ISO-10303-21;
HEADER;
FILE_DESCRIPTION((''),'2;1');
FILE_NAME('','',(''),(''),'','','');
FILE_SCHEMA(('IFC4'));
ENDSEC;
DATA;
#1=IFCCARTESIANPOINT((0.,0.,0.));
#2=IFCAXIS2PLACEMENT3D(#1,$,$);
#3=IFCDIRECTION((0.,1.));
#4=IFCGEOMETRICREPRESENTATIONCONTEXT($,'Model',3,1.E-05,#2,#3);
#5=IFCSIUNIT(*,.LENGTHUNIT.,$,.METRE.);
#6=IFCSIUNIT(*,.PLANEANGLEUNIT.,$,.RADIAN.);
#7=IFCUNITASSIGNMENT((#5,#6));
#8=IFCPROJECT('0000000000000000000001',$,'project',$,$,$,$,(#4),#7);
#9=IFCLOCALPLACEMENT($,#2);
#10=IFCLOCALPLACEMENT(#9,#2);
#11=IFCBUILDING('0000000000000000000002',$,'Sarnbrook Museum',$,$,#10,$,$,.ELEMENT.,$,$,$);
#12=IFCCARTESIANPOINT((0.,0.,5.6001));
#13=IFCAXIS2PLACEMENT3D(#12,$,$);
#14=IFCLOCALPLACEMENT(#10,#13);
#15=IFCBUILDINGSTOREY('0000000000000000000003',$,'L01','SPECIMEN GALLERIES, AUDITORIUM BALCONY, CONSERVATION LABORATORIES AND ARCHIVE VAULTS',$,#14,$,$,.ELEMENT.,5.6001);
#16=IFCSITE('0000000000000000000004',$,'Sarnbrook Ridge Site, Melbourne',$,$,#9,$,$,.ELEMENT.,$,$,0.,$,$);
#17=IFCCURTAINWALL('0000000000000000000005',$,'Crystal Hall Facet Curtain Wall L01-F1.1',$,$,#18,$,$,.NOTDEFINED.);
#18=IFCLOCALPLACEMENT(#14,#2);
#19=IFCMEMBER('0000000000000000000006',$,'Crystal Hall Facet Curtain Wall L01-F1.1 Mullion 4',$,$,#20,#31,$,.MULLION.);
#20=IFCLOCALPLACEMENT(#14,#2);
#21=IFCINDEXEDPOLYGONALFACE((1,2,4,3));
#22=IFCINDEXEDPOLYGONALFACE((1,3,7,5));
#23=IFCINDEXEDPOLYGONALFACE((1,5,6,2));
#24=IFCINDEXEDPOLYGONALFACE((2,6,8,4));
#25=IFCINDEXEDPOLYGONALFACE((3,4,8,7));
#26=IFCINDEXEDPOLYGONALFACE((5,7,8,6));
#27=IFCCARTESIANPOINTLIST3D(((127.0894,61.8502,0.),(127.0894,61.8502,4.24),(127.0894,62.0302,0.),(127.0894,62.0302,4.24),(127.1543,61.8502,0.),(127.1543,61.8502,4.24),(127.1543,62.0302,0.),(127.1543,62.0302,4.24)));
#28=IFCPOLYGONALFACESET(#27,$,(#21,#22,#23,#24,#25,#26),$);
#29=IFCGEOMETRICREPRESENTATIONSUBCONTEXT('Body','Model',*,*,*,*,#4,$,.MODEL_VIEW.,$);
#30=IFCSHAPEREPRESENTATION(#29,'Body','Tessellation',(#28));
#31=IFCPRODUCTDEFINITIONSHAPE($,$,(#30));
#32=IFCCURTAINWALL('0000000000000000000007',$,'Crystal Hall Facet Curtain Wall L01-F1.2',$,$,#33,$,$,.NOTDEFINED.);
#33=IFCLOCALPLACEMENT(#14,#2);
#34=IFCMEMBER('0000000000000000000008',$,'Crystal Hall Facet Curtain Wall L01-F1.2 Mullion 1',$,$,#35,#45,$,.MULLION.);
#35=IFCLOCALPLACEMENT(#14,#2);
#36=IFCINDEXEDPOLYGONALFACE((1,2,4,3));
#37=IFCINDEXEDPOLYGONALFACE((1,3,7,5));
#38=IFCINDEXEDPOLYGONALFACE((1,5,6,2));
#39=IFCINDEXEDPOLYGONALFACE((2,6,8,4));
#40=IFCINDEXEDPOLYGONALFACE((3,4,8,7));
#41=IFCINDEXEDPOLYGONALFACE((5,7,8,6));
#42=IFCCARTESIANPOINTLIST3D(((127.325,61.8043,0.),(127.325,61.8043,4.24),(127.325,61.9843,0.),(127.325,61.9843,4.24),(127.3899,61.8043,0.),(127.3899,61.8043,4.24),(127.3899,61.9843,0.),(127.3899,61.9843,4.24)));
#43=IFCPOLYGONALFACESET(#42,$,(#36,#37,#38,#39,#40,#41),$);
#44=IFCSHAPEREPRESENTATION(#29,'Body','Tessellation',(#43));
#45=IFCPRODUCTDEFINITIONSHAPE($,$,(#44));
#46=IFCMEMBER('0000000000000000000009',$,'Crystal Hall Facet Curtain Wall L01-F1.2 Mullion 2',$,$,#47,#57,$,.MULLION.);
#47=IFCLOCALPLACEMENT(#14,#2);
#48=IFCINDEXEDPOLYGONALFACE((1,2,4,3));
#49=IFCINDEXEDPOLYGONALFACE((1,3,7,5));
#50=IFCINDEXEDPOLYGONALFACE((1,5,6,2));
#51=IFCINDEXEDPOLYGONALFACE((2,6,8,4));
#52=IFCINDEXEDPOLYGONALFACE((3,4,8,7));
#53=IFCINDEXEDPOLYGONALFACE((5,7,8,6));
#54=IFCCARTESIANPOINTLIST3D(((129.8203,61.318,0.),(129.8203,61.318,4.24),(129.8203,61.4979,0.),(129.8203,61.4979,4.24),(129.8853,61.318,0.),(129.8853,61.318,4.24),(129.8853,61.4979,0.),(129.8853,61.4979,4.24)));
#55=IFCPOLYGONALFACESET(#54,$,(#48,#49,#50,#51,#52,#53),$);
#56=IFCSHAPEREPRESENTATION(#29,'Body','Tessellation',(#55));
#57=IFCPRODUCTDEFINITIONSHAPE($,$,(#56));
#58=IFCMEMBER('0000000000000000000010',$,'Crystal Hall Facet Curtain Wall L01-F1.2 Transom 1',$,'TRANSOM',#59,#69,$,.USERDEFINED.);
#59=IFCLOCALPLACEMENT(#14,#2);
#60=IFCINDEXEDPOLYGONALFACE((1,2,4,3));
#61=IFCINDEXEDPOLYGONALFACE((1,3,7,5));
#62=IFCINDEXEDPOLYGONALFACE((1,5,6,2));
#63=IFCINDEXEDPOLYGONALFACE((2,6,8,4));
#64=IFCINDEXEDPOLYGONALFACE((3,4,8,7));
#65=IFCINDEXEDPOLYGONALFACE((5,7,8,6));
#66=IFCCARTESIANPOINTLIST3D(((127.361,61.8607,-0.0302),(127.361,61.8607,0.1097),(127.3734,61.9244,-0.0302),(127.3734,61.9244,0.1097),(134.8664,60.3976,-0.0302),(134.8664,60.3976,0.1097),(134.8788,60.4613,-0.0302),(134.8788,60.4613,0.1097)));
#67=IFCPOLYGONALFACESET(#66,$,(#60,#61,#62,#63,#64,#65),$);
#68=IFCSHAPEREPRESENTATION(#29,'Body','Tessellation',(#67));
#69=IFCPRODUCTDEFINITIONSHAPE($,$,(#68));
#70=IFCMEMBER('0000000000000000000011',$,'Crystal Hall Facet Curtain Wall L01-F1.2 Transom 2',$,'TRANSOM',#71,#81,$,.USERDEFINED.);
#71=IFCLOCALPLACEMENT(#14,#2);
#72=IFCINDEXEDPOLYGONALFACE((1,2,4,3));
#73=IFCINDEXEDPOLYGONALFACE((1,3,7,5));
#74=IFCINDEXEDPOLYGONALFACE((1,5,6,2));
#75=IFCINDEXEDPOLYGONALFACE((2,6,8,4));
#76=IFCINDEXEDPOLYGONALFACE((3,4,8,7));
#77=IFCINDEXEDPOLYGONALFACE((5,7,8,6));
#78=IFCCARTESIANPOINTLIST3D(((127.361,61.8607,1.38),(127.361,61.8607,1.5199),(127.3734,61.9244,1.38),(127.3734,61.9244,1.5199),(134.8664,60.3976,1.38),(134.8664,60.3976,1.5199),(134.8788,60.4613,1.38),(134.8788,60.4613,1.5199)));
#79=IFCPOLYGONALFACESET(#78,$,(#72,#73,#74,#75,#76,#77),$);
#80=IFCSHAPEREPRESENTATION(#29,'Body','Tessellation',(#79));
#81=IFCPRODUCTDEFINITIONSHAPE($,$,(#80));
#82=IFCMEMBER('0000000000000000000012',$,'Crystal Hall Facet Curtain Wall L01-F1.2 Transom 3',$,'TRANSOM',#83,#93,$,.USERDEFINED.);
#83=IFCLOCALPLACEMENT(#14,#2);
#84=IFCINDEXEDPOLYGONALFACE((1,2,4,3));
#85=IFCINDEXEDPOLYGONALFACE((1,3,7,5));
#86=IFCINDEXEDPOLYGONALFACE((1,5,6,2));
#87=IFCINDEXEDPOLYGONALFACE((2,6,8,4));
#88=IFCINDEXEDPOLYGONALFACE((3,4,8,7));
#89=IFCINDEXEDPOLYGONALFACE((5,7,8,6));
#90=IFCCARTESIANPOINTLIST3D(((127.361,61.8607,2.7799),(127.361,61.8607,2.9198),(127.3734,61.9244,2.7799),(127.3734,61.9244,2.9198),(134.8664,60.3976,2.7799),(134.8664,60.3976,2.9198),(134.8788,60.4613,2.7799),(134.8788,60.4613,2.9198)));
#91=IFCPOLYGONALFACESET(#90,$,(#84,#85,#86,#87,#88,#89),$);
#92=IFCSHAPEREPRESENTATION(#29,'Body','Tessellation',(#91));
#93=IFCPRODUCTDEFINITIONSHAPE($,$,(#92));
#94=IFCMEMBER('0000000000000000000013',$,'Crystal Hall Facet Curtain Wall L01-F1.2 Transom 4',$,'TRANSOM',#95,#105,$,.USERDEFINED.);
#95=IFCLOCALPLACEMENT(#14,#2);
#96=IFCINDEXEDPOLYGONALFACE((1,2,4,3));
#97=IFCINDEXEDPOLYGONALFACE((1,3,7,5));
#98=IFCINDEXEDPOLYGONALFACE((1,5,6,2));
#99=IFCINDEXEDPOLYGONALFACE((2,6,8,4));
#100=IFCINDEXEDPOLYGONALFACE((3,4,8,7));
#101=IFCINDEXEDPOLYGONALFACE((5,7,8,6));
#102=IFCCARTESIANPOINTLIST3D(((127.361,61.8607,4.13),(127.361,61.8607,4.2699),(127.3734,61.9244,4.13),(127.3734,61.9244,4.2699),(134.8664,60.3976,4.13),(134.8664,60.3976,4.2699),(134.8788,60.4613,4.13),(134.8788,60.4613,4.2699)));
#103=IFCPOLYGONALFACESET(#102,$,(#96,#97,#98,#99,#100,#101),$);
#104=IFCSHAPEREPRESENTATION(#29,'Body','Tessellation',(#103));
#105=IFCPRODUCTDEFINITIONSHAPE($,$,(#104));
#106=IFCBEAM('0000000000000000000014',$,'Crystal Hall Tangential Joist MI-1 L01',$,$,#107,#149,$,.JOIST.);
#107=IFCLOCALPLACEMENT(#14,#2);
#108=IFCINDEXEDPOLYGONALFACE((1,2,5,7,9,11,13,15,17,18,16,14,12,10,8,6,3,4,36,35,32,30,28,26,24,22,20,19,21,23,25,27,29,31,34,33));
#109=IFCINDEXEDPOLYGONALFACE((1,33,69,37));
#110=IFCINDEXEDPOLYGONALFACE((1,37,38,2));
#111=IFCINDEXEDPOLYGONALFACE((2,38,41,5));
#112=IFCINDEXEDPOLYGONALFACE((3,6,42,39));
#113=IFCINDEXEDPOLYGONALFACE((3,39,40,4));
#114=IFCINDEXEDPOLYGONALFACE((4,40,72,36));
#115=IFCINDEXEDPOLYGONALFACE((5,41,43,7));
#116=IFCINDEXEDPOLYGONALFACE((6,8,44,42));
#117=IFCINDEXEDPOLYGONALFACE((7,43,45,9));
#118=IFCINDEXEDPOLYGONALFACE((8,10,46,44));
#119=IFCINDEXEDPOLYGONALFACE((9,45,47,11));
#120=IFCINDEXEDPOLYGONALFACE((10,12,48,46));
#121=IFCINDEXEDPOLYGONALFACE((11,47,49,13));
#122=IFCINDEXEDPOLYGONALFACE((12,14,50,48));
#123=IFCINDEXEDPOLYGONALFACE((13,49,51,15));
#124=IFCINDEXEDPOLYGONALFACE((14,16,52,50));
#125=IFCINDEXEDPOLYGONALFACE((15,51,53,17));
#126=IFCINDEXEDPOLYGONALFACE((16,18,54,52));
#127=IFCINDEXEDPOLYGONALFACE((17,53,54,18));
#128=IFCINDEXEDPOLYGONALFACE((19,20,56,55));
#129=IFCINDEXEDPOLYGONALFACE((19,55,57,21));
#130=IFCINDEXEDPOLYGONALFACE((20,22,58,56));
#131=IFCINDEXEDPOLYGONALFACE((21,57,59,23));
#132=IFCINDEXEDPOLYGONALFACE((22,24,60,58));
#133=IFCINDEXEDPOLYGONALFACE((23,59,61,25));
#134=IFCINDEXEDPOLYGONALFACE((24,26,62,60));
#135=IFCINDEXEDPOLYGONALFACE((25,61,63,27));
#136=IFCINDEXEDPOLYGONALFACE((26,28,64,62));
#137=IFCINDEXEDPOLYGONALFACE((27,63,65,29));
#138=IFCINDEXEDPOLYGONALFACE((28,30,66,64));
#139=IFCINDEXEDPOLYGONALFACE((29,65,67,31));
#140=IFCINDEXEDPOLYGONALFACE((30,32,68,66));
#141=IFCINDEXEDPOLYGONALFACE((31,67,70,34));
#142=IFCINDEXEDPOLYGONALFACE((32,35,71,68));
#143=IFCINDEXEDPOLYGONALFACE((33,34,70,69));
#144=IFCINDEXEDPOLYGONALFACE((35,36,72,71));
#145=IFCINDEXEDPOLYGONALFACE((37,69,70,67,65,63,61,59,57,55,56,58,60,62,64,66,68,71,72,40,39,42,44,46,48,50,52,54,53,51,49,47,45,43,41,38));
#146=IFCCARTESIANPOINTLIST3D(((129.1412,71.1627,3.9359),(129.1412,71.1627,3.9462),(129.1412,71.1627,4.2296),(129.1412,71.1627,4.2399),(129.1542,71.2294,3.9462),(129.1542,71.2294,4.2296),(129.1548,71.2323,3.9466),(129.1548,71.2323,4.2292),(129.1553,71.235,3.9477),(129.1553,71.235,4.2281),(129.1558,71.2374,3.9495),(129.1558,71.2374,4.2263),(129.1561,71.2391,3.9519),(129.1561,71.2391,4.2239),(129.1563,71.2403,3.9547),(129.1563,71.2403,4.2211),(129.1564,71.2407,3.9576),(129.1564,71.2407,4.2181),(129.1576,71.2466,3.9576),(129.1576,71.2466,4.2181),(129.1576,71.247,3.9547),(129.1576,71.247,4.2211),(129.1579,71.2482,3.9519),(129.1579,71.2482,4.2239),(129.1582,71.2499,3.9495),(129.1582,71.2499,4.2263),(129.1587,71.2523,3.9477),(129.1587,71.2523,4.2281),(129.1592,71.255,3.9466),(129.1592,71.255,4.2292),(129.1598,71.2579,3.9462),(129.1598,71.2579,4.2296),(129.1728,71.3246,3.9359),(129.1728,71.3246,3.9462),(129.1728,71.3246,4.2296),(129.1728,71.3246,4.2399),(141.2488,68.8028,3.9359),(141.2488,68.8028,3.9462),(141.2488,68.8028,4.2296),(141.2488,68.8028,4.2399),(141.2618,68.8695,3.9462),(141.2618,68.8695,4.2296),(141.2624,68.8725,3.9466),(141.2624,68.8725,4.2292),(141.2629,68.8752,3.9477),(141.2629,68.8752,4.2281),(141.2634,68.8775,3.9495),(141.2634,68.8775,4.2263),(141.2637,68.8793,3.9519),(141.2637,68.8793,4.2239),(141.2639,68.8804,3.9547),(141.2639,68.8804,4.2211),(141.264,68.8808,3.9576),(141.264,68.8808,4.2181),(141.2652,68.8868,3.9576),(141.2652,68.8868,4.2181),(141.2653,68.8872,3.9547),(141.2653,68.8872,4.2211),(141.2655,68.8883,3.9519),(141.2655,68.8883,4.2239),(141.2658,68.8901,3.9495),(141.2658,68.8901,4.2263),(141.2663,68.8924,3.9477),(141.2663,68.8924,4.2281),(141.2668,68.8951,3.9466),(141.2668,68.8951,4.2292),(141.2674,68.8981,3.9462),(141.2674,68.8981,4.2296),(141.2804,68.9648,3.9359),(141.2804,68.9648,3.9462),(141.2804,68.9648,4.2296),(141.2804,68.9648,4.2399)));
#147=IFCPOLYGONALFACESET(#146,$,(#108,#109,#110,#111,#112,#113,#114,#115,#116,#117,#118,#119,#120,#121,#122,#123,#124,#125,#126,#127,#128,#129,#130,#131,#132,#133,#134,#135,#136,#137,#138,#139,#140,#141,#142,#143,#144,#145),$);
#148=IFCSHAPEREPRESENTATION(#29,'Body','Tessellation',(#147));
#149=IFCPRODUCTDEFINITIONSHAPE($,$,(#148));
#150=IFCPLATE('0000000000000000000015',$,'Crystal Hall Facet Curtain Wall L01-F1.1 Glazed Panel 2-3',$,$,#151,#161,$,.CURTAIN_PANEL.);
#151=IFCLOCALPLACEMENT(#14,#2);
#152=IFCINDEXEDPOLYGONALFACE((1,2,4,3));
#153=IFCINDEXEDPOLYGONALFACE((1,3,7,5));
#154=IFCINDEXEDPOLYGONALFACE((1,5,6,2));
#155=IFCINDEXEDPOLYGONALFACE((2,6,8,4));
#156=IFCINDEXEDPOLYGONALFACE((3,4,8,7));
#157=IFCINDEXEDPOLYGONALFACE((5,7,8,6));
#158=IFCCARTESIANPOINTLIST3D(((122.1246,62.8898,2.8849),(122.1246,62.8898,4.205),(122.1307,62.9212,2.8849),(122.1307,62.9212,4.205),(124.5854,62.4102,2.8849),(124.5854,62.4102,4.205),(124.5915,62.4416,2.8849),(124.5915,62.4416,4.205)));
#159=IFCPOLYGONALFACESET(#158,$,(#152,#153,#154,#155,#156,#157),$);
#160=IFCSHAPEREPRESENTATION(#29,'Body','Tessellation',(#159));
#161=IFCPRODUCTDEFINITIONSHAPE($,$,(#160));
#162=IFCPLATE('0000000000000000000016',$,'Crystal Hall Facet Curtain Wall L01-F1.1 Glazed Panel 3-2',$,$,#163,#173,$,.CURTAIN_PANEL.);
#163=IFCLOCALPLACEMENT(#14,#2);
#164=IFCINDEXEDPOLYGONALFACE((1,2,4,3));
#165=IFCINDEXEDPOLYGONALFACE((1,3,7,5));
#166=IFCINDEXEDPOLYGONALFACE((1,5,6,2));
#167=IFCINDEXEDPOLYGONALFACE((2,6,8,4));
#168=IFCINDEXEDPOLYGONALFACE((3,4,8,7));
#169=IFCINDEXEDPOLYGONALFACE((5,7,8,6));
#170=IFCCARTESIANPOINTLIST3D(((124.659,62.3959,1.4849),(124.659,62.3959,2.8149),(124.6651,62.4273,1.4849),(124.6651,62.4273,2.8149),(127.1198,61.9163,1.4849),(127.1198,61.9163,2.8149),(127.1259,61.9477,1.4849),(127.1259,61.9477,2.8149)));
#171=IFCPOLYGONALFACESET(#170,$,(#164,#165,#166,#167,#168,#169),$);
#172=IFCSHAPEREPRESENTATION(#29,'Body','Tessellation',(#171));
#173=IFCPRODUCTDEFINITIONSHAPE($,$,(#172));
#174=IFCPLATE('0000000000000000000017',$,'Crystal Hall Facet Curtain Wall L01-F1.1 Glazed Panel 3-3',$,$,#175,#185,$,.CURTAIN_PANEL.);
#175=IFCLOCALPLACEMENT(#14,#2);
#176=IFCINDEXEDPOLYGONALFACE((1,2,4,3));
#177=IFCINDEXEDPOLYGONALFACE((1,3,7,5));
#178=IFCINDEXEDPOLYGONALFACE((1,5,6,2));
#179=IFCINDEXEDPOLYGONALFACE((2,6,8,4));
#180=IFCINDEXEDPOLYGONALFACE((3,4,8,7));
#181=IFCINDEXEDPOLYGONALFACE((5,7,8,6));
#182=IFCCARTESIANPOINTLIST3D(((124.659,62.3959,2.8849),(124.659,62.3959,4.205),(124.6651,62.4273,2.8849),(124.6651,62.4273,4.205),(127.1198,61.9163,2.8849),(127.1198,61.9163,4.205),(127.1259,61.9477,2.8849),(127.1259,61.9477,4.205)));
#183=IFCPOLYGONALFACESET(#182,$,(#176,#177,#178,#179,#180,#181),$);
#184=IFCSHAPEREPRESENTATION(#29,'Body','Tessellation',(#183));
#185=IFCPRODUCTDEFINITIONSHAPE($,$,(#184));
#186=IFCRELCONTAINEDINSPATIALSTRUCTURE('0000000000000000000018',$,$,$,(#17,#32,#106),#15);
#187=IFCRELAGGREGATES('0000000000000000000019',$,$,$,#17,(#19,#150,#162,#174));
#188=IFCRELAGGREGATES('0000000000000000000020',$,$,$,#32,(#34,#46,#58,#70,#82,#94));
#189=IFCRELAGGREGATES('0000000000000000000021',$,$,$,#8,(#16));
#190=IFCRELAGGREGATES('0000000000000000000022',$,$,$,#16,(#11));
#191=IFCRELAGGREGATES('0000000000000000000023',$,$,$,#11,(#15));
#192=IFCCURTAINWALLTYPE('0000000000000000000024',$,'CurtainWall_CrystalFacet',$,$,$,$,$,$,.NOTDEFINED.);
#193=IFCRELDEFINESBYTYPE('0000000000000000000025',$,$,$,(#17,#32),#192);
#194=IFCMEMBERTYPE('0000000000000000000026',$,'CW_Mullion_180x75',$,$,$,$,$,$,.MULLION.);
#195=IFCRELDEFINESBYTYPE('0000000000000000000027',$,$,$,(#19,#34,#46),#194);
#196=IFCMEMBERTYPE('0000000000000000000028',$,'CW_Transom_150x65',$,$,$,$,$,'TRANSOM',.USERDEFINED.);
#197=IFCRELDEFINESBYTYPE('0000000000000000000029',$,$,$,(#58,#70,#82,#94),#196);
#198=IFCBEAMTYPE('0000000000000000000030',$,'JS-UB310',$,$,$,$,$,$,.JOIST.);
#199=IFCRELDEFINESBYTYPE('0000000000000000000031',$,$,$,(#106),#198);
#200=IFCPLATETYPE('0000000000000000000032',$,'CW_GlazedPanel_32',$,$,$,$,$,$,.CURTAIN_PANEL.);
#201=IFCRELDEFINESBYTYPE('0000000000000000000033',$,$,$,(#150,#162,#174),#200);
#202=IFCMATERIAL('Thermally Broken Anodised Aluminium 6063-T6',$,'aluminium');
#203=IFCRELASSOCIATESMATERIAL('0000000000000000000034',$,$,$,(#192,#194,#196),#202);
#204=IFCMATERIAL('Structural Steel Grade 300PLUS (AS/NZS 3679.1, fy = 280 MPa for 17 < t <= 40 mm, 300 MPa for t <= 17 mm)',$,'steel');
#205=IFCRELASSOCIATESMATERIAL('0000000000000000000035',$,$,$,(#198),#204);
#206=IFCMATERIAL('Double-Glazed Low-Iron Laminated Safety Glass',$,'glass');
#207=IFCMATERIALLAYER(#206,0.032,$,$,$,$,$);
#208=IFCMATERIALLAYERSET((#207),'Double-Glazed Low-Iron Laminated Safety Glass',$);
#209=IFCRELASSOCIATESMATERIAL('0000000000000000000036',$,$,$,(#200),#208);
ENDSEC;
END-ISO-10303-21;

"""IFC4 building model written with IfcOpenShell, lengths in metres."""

from ifc_helpers import new_model, si_unit, direction, frame, origin, origin_2d, place, context, subcontext, project, spatial, rectangle, i_section, extrude, material, layer, layer_set, material_profile, profile_set, type_object, element, aggregate, save


model = new_model("IFC4")

# Units and contexts
model_context = context("Model", 3, precision=1e-05, world=origin(), true_north=direction((0.0, 1.0)))
body_context = subcontext(model_context, "Body", "Model", "MODEL_VIEW")
ifc_project = project(units=[si_unit("LENGTHUNIT", "METRE"), si_unit("PLANEANGLEUNIT", "RADIAN")], contexts=[model_context])

# Site, building, storey
site_placement = place(None, origin())
site = spatial("IfcSite", under=ifc_project, at=site_placement, Name="Sarnbrook Ridge Site, Melbourne", CompositionType="ELEMENT", RefElevation=0.0)
building_placement = place(site_placement, origin())
building = spatial("IfcBuilding", under=site, at=building_placement, Name="Sarnbrook Museum", CompositionType="ELEMENT")
storey_placement = place(building_placement, frame((0.0, 0.0, 5.6001)))
storey = spatial("IfcBuildingStorey", under=building, at=storey_placement, Name="L01", Description="SPECIMEN GALLERIES, AUDITORIUM BALCONY, CONSERVATION LABORATORIES AND ARCHIVE VAULTS", CompositionType="ELEMENT", Elevation=5.6001)

# Shared definitions
ifc_material_1 = material(Name="Structural Steel Grade 300PLUS (AS/NZS 3679.1, fy = 280 MPa for 17 < t <= 40 mm, 300 MPa for t <= 17 mm)", Category="steel")

# Curtain walls, members
ifc_material_2 = material(Name="Thermally Broken Anodised Aluminium 6063-T6", Category="aluminium")
curtain_wall_type = type_object("IfcCurtainWallType", Name="CurtainWall_CrystalFacet", PredefinedType="NOTDEFINED", material=ifc_material_2)
curtain_wall_1_placement = place(storey_placement, origin())
curtain_wall_1 = element("IfcCurtainWall", 1, at=curtain_wall_1_placement, inside=storey, type_object=curtain_wall_type, Name="Crystal Hall Facet Curtain Wall L01-F1.1", PredefinedType="NOTDEFINED")
ifc_material_profile_1 = material_profile(ifc_material_2, rectangle(XDim=0.0649, YDim=0.1799, at=origin_2d()), Name="ALU MULLION 65x180")
ifc_profile_set_1 = profile_set([ifc_material_profile_1], Name="Thermally Broken Anodised Aluminium 6063-T6")
member_type_1 = type_object("IfcMemberType", Name="CW_Mullion_180x75", PredefinedType="MULLION", material=ifc_profile_set_1)
member_1_placement = place(storey_placement, frame((127.1218, 61.9402, 0.0), z_axis=(0.0, 0.0, 1.0), x_axis=(1.0, 0.0, 0.0)))
member_1 = element("IfcMember", 2, at=member_1_placement, type_object=member_type_1, Name="Crystal Hall Facet Curtain Wall L01-F1.1 Mullion 4", PredefinedType="MULLION", context=body_context, shape_type="SweptSolid", body=[
    extrude(rectangle(XDim=0.0649, YDim=0.1799, at=origin_2d()), origin(), (0.0, 0.0, 1.0), 4.24),
])
curtain_wall_2_placement = place(storey_placement, origin())
curtain_wall_2 = element("IfcCurtainWall", 3, at=curtain_wall_2_placement, inside=storey, type_object=curtain_wall_type, Name="Crystal Hall Facet Curtain Wall L01-F1.2", PredefinedType="NOTDEFINED")
member_2_placement = place(storey_placement, frame((127.3574, 61.8943, 0.0), z_axis=(0.0, 0.0, 1.0), x_axis=(1.0, 0.0, 0.0)))
member_2 = element("IfcMember", 4, at=member_2_placement, type_object=member_type_1, Name="Crystal Hall Facet Curtain Wall L01-F1.2 Mullion 1", PredefinedType="MULLION", context=body_context, shape_type="SweptSolid", body=[
    extrude(rectangle(XDim=0.0649, YDim=0.1799, at=origin_2d()), origin(), (0.0, 0.0, 1.0), 4.24),
])
member_3_placement = place(storey_placement, frame((129.8528, 61.408, 0.0), z_axis=(0.0, 0.0, 1.0), x_axis=(1.0, 0.0, 0.0)))
member_3 = element("IfcMember", 5, at=member_3_placement, type_object=member_type_1, Name="Crystal Hall Facet Curtain Wall L01-F1.2 Mullion 2", PredefinedType="MULLION", context=body_context, shape_type="SweptSolid", body=[
    extrude(rectangle(XDim=0.0649, YDim=0.1799, at=origin_2d()), origin(), (0.0, 0.0, 1.0), 4.24),
])
ifc_material_profile_2 = material_profile(ifc_material_2, rectangle(XDim=0.0649, YDim=0.1399, at=origin_2d()), Name="ALU TRANSOM 65x140")
ifc_profile_set_2 = profile_set([ifc_material_profile_2], Name="Thermally Broken Anodised Aluminium 6063-T6")
member_type_2 = type_object("IfcMemberType", Name="CW_Transom_150x65", ElementType="TRANSOM", PredefinedType="USERDEFINED", material=ifc_profile_set_2)
member_4_placement = place(storey_placement, frame((127.3672, 61.8926, 0.0398), z_axis=(0.981523, -0.191343, 0.0), x_axis=(0.191343, 0.981523, 0.0)))
member_4 = element("IfcMember", 6, at=member_4_placement, type_object=member_type_2, Name="Crystal Hall Facet Curtain Wall L01-F1.2 Transom 1", ObjectType="TRANSOM", PredefinedType="USERDEFINED", context=body_context, shape_type="SweptSolid", body=[
    extrude(rectangle(XDim=0.0649, YDim=0.1399, at=origin_2d()), origin(), (0.0, 0.0, 1.0), 7.6467),
])
member_5_placement = place(storey_placement, frame((127.3672, 61.8926, 1.45), z_axis=(0.981523, -0.191343, 0.0), x_axis=(0.191343, 0.981523, 0.0)))
member_5 = element("IfcMember", 7, at=member_5_placement, type_object=member_type_2, Name="Crystal Hall Facet Curtain Wall L01-F1.2 Transom 2", ObjectType="TRANSOM", PredefinedType="USERDEFINED", context=body_context, shape_type="SweptSolid", body=[
    extrude(rectangle(XDim=0.0649, YDim=0.1399, at=origin_2d()), origin(), (0.0, 0.0, 1.0), 7.6467),
])
member_6_placement = place(storey_placement, frame((127.3672, 61.8926, 2.8499), z_axis=(0.981523, -0.191343, 0.0), x_axis=(0.191343, 0.981523, 0.0)))
member_6 = element("IfcMember", 8, at=member_6_placement, type_object=member_type_2, Name="Crystal Hall Facet Curtain Wall L01-F1.2 Transom 3", ObjectType="TRANSOM", PredefinedType="USERDEFINED", context=body_context, shape_type="SweptSolid", body=[
    extrude(rectangle(XDim=0.0649, YDim=0.1399, at=origin_2d()), origin(), (0.0, 0.0, 1.0), 7.6467),
])
member_7_placement = place(storey_placement, frame((127.3672, 61.8926, 4.2), z_axis=(0.981523, -0.191343, 0.0), x_axis=(0.191343, 0.981523, 0.0)))
member_7 = element("IfcMember", 9, at=member_7_placement, type_object=member_type_2, Name="Crystal Hall Facet Curtain Wall L01-F1.2 Transom 4", ObjectType="TRANSOM", PredefinedType="USERDEFINED", context=body_context, shape_type="SweptSolid", body=[
    extrude(rectangle(XDim=0.0649, YDim=0.1399, at=origin_2d()), origin(), (0.0, 0.0, 1.0), 7.6467),
])

# Beam
ifc_material_profile_3 = material_profile(ifc_material_1, i_section(OverallWidth=0.165, OverallDepth=0.304, WebThickness=0.0061, FlangeThickness=0.0103, FilletRadius=0.0115, at=origin_2d()), Name="310UB40.4")
ifc_profile_set_3 = profile_set([ifc_material_profile_3], Name="Structural Steel Grade 300PLUS (AS/NZS 3679.1, fy = 280 MPa for 17 < t <= 40 mm, 300 MPa for t <= 17 mm)")
beam_type_1 = type_object("IfcBeamType", Name="JS-UB310", PredefinedType="JOIST", material=ifc_profile_set_3)
beam_1_placement = place(storey_placement, frame((129.157, 71.2437, 4.0879), z_axis=(0.98153, -0.191307, 0.0), x_axis=(0.191307, 0.98153, 0.0)))
element("IfcBeam", 10, at=beam_1_placement, inside=storey, type_object=beam_type_1, Name="Crystal Hall Tangential Joist MI-1 L01", PredefinedType="JOIST", context=body_context, shape_type="SweptSolid", body=[
    extrude(i_section(OverallWidth=0.165, OverallDepth=0.304, WebThickness=0.0061, FlangeThickness=0.0103, FilletRadius=0.0115, at=origin_2d()), origin(), (0.0, 0.0, 1.0), 12.3354),
])

# Plates
ifc_material_3 = material(Name="Double-Glazed Low-Iron Laminated Safety Glass", Category="glass")
ifc_layer_1 = layer(ifc_material_3, 0.032)
ifc_layer_set_1 = layer_set([ifc_layer_1], Name="Double-Glazed Low-Iron Laminated Safety Glass")
plate_type_1 = type_object("IfcPlateType", Name="CW_GlazedPanel_32", PredefinedType="CURTAIN_PANEL", material=ifc_layer_set_1)
plate_1_placement = place(storey_placement, frame((123.3611, 62.6814, 3.5449), z_axis=(-0.191317, -0.981528, 0.0), x_axis=(0.981528, -0.191317, 0.0)))
plate_1 = element("IfcPlate", 11, at=plate_1_placement, type_object=plate_type_1, Name="Crystal Hall Facet Curtain Wall L01-F1.1 Glazed Panel 2-3", PredefinedType="CURTAIN_PANEL", context=body_context, shape_type="SweptSolid", body=[
    extrude(rectangle(XDim=2.5071, YDim=1.3201, at=origin_2d()), origin(), (0.0, 0.0, 1.0), 0.032),
])
plate_2_placement = place(storey_placement, frame((125.8955, 62.1875, 2.1499), z_axis=(-0.191317, -0.981528, 0.0), x_axis=(0.981528, -0.191317, 0.0)))
plate_2 = element("IfcPlate", 12, at=plate_2_placement, type_object=plate_type_1, Name="Crystal Hall Facet Curtain Wall L01-F1.1 Glazed Panel 3-2", PredefinedType="CURTAIN_PANEL", context=body_context, shape_type="SweptSolid", body=[
    extrude(rectangle(XDim=2.5071, YDim=1.3301, at=origin_2d()), origin(), (0.0, 0.0, 1.0), 0.032),
])
plate_3_placement = place(storey_placement, frame((125.8955, 62.1875, 3.5449), z_axis=(-0.191317, -0.981528, 0.0), x_axis=(0.981528, -0.191317, 0.0)))
plate_3 = element("IfcPlate", 13, at=plate_3_placement, type_object=plate_type_1, Name="Crystal Hall Facet Curtain Wall L01-F1.1 Glazed Panel 3-3", PredefinedType="CURTAIN_PANEL", context=body_context, shape_type="SweptSolid", body=[
    extrude(rectangle(XDim=2.5071, YDim=1.3201, at=origin_2d()), origin(), (0.0, 0.0, 1.0), 0.032),
])
aggregate(curtain_wall_1, [member_1, plate_1, plate_2, plate_3])
aggregate(curtain_wall_2, [member_2, member_3, member_4, member_5, member_6, member_7])

save(model, "model.ifc")
